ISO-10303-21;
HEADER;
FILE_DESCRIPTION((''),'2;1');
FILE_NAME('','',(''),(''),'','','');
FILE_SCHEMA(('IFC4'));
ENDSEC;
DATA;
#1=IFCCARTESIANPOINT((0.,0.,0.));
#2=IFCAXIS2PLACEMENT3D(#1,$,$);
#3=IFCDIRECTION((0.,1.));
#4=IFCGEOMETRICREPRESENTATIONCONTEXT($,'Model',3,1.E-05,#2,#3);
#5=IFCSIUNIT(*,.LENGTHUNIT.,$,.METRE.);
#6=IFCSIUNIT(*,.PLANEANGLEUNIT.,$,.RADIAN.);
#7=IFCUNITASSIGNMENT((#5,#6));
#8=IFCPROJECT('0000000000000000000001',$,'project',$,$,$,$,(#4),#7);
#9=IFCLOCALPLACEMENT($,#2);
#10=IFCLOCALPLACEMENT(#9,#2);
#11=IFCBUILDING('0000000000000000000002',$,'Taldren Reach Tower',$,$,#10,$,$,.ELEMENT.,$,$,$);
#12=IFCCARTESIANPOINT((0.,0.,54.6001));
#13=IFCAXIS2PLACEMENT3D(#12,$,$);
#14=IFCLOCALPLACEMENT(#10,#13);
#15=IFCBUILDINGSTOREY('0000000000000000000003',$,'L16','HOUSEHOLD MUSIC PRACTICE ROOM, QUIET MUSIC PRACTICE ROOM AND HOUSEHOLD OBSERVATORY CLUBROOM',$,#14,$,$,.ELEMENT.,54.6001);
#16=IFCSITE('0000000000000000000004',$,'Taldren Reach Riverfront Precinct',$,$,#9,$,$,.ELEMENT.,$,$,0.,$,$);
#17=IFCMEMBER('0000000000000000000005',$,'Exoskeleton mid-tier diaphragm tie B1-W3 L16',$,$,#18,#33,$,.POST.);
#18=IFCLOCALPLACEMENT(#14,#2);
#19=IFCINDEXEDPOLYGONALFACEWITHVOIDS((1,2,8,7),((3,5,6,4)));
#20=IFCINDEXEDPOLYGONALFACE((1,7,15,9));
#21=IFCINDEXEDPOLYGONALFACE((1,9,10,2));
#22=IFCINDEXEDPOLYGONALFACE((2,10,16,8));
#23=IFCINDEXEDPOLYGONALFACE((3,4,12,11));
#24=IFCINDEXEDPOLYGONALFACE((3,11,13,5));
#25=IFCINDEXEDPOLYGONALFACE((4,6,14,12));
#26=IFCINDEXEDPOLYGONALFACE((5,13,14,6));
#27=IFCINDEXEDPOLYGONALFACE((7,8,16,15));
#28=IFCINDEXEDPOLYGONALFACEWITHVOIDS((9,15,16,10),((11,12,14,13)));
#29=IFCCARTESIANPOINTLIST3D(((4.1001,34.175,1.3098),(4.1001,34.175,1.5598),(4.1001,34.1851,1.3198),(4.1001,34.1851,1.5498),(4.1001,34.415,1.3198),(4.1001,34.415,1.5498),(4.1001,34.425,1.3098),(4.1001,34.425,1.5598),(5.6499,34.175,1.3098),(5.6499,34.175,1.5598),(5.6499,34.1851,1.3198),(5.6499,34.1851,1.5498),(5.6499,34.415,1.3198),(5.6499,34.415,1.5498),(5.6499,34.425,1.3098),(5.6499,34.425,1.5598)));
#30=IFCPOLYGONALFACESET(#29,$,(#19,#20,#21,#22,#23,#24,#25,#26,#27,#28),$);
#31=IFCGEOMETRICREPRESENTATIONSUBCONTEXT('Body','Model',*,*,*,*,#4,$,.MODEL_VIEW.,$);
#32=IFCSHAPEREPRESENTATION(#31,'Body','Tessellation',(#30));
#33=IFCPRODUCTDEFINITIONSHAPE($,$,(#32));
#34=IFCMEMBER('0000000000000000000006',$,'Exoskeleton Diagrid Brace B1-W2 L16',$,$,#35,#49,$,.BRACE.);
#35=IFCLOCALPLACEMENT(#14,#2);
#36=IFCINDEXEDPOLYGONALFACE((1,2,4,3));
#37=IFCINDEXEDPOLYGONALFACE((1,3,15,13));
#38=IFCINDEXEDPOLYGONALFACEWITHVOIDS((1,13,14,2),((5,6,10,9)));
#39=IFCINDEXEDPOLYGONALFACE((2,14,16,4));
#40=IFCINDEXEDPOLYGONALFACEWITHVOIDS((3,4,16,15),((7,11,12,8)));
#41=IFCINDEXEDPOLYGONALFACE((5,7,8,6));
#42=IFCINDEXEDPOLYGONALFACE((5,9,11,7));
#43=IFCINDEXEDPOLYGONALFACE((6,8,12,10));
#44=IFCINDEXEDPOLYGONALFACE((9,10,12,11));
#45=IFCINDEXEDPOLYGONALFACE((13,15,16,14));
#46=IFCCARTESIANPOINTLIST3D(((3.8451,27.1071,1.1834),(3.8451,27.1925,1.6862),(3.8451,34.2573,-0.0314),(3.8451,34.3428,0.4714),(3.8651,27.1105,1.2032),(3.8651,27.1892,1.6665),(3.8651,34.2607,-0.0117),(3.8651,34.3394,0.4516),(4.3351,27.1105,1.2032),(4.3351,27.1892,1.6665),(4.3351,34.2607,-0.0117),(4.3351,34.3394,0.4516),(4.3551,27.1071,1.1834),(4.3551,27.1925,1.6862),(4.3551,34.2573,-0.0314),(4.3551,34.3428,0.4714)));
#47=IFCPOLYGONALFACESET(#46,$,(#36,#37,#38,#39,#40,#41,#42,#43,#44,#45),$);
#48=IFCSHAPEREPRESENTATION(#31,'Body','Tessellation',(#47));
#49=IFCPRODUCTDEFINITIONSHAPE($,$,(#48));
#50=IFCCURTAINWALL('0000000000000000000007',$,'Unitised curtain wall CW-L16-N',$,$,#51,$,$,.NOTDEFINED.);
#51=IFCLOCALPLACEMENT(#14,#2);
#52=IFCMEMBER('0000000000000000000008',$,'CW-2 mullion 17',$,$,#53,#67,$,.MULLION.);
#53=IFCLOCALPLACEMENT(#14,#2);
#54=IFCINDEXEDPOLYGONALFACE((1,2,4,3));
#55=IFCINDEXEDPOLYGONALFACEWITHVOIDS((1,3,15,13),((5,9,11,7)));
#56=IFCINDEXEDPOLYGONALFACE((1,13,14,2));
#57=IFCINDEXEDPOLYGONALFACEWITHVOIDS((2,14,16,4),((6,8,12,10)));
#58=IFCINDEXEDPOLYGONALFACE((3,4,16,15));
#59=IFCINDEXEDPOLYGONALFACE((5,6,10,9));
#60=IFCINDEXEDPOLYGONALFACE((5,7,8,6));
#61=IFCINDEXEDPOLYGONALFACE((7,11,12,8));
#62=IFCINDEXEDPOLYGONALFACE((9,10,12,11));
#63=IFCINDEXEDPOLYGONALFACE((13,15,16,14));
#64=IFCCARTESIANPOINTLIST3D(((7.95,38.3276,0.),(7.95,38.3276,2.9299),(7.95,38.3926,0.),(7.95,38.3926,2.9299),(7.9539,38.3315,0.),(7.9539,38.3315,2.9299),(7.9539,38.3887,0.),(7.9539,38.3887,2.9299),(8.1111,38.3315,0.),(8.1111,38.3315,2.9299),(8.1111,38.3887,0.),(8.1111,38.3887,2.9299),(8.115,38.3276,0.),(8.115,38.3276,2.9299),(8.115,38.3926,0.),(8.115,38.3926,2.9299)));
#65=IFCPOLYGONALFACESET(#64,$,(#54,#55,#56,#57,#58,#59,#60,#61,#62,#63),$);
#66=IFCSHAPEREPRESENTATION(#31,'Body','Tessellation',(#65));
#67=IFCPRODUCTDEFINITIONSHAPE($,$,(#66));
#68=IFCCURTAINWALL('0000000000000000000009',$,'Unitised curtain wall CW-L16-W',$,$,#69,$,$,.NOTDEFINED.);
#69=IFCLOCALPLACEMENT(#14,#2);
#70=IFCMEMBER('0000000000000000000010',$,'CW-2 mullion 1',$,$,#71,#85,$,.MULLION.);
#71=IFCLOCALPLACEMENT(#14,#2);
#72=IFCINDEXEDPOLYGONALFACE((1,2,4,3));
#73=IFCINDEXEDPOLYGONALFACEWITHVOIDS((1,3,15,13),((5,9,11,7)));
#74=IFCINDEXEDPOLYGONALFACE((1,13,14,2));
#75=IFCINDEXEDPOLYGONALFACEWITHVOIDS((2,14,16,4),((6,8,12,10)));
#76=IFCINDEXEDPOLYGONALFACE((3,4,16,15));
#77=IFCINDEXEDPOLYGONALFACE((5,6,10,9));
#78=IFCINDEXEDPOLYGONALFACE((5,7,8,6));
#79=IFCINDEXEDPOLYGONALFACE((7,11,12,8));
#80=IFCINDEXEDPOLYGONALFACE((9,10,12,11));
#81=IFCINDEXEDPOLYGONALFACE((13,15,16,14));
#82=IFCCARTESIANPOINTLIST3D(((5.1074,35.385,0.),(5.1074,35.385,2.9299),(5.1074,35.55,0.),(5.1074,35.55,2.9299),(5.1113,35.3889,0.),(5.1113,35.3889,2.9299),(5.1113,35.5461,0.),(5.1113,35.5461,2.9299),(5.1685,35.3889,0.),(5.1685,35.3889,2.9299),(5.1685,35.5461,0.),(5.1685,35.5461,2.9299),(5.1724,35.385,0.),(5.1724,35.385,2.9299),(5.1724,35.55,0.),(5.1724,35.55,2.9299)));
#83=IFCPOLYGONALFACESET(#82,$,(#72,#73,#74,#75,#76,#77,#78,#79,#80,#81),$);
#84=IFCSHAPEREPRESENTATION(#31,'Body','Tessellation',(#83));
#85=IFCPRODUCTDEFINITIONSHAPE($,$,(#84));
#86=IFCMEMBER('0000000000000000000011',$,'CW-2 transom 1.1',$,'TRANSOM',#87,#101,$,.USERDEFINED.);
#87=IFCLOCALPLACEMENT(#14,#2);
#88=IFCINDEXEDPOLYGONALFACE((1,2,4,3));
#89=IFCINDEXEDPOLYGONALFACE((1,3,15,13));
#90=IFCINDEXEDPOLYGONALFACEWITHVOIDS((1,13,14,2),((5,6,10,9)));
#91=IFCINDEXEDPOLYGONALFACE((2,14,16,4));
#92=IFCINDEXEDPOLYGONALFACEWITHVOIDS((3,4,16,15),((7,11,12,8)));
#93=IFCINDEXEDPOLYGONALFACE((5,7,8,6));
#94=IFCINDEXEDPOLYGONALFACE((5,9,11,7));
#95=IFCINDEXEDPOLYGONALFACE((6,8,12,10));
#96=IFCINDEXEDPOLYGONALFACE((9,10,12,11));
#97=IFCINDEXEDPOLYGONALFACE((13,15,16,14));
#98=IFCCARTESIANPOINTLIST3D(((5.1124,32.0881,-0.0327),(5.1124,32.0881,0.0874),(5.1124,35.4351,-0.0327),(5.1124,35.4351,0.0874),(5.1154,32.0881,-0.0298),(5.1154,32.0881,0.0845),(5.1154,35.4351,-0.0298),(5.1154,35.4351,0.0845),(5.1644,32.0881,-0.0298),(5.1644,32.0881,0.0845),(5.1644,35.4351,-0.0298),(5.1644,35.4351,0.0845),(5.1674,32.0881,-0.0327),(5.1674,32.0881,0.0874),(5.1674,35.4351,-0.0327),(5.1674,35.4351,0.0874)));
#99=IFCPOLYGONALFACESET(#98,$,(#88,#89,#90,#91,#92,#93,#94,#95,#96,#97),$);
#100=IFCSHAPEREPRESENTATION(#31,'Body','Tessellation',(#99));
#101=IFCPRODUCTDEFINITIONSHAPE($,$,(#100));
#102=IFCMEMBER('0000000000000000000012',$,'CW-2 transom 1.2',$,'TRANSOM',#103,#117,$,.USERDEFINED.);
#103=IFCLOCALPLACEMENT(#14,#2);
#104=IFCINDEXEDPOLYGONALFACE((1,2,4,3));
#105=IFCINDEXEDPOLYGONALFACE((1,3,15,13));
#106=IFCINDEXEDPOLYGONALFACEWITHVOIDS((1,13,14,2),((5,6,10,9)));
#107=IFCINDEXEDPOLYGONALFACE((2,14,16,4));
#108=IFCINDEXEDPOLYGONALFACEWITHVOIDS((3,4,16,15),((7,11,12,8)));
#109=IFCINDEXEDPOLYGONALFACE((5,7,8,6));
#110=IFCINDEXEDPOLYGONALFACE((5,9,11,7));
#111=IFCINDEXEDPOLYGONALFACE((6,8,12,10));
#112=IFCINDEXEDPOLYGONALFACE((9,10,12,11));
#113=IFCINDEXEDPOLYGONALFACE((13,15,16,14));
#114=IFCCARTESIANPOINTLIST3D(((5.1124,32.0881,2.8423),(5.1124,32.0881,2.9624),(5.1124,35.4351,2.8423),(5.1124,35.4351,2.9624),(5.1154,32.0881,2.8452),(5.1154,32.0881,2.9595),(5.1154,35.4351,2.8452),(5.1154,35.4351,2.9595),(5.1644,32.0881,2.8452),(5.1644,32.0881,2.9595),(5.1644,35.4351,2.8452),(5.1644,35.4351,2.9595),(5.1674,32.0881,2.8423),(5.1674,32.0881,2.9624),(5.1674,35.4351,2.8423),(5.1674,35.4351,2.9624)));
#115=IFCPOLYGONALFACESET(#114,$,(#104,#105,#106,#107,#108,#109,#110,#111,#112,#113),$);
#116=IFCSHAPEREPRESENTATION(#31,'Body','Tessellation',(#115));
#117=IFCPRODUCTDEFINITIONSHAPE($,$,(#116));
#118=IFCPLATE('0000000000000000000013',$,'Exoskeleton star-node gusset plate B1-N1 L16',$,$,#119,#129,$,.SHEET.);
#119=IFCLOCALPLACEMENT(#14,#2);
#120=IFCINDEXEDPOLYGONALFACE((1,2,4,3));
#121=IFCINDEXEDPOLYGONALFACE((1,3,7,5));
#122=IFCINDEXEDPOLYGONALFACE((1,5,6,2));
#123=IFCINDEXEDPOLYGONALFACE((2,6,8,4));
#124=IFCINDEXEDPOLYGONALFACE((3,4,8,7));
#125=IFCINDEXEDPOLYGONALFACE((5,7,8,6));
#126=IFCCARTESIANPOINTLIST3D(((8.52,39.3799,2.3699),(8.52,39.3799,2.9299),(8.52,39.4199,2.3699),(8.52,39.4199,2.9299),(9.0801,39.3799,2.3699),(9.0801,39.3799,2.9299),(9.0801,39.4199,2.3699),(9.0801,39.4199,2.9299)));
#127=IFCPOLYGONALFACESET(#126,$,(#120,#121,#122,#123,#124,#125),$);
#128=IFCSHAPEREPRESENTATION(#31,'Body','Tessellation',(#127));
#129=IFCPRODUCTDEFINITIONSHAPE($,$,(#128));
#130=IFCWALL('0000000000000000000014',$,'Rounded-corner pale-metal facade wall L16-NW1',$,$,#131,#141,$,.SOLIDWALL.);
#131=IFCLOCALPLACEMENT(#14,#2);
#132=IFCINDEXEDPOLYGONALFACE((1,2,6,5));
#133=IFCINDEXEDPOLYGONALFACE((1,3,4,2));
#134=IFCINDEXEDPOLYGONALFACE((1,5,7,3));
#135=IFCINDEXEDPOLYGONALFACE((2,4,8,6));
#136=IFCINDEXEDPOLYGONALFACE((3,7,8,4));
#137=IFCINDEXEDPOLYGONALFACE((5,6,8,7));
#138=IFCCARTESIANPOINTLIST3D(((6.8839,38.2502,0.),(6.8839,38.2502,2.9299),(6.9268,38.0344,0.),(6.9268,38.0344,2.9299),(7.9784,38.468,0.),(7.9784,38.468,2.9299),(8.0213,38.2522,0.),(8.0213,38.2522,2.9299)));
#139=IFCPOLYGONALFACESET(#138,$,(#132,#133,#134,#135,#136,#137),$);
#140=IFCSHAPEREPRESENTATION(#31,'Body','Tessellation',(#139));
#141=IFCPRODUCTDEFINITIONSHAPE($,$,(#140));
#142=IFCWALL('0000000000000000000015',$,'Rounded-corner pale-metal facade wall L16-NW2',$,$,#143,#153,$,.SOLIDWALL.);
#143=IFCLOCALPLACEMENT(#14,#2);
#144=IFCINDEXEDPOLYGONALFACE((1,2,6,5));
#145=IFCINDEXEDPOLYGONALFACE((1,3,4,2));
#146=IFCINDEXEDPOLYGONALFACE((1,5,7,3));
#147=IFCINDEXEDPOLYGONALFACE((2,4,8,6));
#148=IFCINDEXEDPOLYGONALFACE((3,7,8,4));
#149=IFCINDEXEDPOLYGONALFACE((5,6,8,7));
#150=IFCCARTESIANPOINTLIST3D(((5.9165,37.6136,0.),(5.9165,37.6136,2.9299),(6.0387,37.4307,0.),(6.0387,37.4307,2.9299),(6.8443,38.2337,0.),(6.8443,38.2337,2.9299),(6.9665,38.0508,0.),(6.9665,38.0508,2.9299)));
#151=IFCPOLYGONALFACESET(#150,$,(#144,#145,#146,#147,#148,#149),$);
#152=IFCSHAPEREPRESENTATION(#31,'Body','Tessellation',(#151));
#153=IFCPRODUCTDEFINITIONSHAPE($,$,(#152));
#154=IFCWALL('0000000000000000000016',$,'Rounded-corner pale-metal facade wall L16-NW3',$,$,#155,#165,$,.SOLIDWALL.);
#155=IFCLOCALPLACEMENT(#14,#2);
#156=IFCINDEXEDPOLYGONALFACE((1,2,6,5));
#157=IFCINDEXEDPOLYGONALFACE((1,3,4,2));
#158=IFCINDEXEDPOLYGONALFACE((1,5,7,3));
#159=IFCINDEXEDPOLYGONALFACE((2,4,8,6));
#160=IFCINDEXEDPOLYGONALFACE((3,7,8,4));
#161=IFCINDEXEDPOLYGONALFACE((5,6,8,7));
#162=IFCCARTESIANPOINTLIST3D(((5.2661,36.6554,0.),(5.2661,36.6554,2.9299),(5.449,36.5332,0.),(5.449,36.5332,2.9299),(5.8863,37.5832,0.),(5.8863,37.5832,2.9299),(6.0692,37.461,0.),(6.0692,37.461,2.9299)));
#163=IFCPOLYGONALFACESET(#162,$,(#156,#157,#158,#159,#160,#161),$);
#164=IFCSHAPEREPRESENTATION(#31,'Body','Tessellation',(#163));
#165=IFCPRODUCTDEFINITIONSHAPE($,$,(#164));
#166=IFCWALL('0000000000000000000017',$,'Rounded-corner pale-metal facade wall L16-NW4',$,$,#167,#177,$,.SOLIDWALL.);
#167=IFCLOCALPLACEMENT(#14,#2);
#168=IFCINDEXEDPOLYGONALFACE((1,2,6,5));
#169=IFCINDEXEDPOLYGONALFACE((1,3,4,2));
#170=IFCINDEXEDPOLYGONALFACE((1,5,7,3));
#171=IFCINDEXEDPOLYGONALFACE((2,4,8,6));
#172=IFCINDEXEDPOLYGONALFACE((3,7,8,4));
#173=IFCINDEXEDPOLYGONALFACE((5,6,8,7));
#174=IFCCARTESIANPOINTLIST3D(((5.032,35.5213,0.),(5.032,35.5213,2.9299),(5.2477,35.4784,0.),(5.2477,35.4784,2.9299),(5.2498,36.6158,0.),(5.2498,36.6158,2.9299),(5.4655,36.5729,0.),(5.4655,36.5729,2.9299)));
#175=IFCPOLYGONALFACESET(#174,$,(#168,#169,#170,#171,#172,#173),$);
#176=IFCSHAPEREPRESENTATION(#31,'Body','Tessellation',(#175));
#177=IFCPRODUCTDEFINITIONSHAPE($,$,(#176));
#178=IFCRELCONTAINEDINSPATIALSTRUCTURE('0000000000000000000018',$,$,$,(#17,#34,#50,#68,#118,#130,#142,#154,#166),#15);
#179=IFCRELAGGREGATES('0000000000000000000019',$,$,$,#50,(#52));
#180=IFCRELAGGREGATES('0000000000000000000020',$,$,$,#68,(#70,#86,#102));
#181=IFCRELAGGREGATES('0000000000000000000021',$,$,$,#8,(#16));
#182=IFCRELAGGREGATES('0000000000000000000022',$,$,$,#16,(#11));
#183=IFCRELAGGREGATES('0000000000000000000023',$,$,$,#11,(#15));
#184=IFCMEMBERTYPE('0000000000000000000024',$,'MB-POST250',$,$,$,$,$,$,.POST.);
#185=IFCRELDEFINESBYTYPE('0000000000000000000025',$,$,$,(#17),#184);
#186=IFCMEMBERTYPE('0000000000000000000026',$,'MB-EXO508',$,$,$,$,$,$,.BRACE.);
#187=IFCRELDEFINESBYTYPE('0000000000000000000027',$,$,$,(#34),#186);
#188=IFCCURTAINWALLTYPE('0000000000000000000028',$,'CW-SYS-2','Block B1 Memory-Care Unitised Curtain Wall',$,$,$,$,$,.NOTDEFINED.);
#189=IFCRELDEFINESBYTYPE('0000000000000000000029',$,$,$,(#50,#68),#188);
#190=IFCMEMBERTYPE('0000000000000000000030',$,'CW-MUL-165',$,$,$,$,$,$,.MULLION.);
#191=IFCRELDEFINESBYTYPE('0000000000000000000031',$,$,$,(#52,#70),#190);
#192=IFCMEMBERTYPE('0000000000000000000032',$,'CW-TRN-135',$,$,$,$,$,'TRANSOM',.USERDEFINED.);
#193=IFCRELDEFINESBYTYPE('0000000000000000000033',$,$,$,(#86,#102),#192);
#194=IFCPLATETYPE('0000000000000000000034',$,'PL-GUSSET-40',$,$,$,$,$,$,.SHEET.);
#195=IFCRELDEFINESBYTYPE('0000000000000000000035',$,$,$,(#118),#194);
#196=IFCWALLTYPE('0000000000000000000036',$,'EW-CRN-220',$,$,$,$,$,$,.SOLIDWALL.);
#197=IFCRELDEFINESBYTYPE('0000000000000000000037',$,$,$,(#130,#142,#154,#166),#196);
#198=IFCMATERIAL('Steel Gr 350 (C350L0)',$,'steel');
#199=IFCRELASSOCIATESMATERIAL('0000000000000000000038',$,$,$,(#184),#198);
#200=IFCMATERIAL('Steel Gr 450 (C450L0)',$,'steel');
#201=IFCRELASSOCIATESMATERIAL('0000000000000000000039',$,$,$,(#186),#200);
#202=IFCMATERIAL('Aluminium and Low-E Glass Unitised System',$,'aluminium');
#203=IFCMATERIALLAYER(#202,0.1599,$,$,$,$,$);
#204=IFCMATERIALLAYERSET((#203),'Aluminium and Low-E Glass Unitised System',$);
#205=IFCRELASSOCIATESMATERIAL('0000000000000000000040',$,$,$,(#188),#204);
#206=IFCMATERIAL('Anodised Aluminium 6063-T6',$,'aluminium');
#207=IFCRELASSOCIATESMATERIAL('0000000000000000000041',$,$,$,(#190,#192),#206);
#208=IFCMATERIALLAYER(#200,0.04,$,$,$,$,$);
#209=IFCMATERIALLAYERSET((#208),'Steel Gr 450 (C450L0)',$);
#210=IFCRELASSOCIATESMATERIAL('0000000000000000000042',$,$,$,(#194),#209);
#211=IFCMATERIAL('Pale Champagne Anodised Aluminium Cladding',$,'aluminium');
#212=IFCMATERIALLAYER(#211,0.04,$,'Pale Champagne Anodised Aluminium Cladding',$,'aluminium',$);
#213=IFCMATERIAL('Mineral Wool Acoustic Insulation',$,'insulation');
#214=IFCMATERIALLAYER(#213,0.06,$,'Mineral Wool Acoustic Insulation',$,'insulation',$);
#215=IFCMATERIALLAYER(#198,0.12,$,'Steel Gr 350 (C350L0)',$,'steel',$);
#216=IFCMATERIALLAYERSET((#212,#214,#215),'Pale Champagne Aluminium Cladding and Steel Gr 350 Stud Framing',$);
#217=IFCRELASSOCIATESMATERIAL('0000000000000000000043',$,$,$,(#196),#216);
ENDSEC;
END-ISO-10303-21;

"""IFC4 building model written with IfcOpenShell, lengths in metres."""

from ifc_helpers import new_model, si_unit, direction, frame, frame_2d, origin, origin_2d, place, context, subcontext, project, spatial, rectangle, hollow_rectangle, extrude, source, transform, mapped, material, layer, layer_set, material_profile, profile_set, type_object, element, aggregate, save


model = new_model("IFC4")

# Units and contexts
model_context = context("Model", 3, precision=1e-05, world=origin(), true_north=direction((0.0, 1.0)))
body_context = subcontext(model_context, "Body", "Model", "MODEL_VIEW")
ifc_project = project(units=[si_unit("LENGTHUNIT", "METRE"), si_unit("PLANEANGLEUNIT", "RADIAN")], contexts=[model_context])

# Site, building, storey
site_placement = place(None, origin())
site = spatial("IfcSite", under=ifc_project, at=site_placement, Name="Taldren Reach Riverfront Precinct", CompositionType="ELEMENT", RefElevation=0.0)
building_placement = place(site_placement, origin())
building = spatial("IfcBuilding", under=site, at=building_placement, Name="Taldren Reach Tower", CompositionType="ELEMENT")
storey_placement = place(building_placement, frame((0.0, 0.0, 54.6001)))
storey = spatial("IfcBuildingStorey", under=building, at=storey_placement, Name="L16", Description="HOUSEHOLD MUSIC PRACTICE ROOM, QUIET MUSIC PRACTICE ROOM AND HOUSEHOLD OBSERVATORY CLUBROOM", CompositionType="ELEMENT", Elevation=54.6001)

# Members
ifc_material_1 = material(Name="Steel Gr 450 (C450L0)", Category="steel")
ifc_material_2 = material(Name="Steel Gr 350 (C350L0)", Category="steel")
ifc_material_profile_1 = material_profile(ifc_material_2, hollow_rectangle(XDim=0.25, YDim=0.25, WallThickness=0.01, at=origin_2d()), Name="250x250x10.0SHS")
ifc_profile_set_1 = profile_set([ifc_material_profile_1], Name="Steel Gr 350 (C350L0)")
member_type_1 = type_object("IfcMemberType", Name="MB-POST250", PredefinedType="POST", material=ifc_profile_set_1)
shared_shape_1 = source(origin(), body_context, "Body", "SweptSolid", [
    extrude(hollow_rectangle(XDim=0.25, YDim=0.25, WallThickness=0.01, at=origin_2d()), origin(), (0.0, 0.0, 1.0), 1.5498),
])
for number, where, z_axis, x_axis, name in (
    (1, (5.6499, 34.3, 1.4348), (-1.0, 0.0, 0.0), (0.0, -1.0, 0.0), "Exoskeleton mid-tier diaphragm tie B1-W3 L16"),
):
    element("IfcMember", number, at=place(storey_placement, frame(where, z_axis=z_axis, x_axis=x_axis)), inside=storey, type_object=member_type_1, Name=name, PredefinedType="POST", context=body_context, shape_type="MappedRepresentation", body=[
        mapped(shared_shape_1, transform((0.0, 0.0, 0.0), scale=1.0)),
    ])
ifc_material_profile_2 = material_profile(ifc_material_1, hollow_rectangle(XDim=0.51, YDim=0.51, WallThickness=0.02, at=origin_2d()), Name="510x510x20.0SHS")
ifc_profile_set_2 = profile_set([ifc_material_profile_2], Name="Steel Gr 450 (C450L0)")
member_type_2 = type_object("IfcMemberType", Name="MB-EXO508", PredefinedType="BRACE", material=ifc_profile_set_2)
shared_shape_2 = source(origin(), body_context, "Body", "SweptSolid", [
    extrude(hollow_rectangle(XDim=0.51, YDim=0.51, WallThickness=0.02, at=origin_2d()), origin(), (0.0, 0.0, 1.0), 7.2527),
])
member_1_placement = place(storey_placement, frame((4.1001, 34.3, 0.22), z_axis=(0.0, -0.985871, 0.167504), x_axis=(1.0, 0.0, 0.0)))
element("IfcMember", 2, at=member_1_placement, inside=storey, type_object=member_type_2, Name="Exoskeleton Diagrid Brace B1-W2 L16", PredefinedType="BRACE", context=body_context, shape_type="MappedRepresentation", body=[
    mapped(shared_shape_2, transform((0.0, 0.0, 0.0), scale=1.0)),
])

# Curtain wall, member
ifc_material_3 = material(Name="Aluminium and Low-E Glass Unitised System", Category="aluminium")
ifc_layer_1 = layer(ifc_material_3, 0.1599)
ifc_layer_set_1 = layer_set([ifc_layer_1], Name="Aluminium and Low-E Glass Unitised System")
curtain_wall_type = type_object("IfcCurtainWallType", Name="CW-SYS-2", Description="Block B1 Memory-Care Unitised Curtain Wall", PredefinedType="NOTDEFINED", material=ifc_layer_set_1)
curtain_wall_1_placement = place(storey_placement, origin())
curtain_wall_1 = element("IfcCurtainWall", 3, at=curtain_wall_1_placement, inside=storey, type_object=curtain_wall_type, Name="Unitised curtain wall CW-L16-N", PredefinedType="NOTDEFINED")
ifc_material_4 = material(Name="Anodised Aluminium 6063-T6", Category="aluminium")
ifc_material_profile_3 = material_profile(ifc_material_4, hollow_rectangle(XDim=0.0649, YDim=0.165, WallThickness=0.0039, at=origin_2d()), Name="ALU-165x65x4RHS")
ifc_profile_set_3 = profile_set([ifc_material_profile_3], Name="Anodised Aluminium 6063-T6")
member_type_3 = type_object("IfcMemberType", Name="CW-MUL-165", PredefinedType="MULLION", material=ifc_profile_set_3)
shared_shape_3 = source(origin(), body_context, "Body", "SweptSolid", [
    extrude(hollow_rectangle(XDim=0.0649, YDim=0.165, WallThickness=0.0039, at=origin_2d()), origin(), (0.0, 0.0, 1.0), 2.9299),
])
member_2_placement = place(storey_placement, frame((8.0325, 38.3601, 0.0), z_axis=(0.0, 0.0, 1.0), x_axis=(0.0, -1.0, 0.0)))
member_2 = element("IfcMember", 4, at=member_2_placement, type_object=member_type_3, Name="CW-2 mullion 17", PredefinedType="MULLION", context=body_context, shape_type="MappedRepresentation", body=[
    mapped(shared_shape_3, transform((0.0, 0.0, 0.0), scale=1.0)),
])
aggregate(curtain_wall_1, [member_2])

# Curtain wall, members
curtain_wall_2_placement = place(storey_placement, origin())
curtain_wall_2 = element("IfcCurtainWall", 5, at=curtain_wall_2_placement, inside=storey, type_object=curtain_wall_type, Name="Unitised curtain wall CW-L16-W", PredefinedType="NOTDEFINED")
member_3_placement = place(storey_placement, frame((5.1399, 35.4675, 0.0), z_axis=(0.0, 0.0, 1.0), x_axis=(1.0, 0.0, 0.0)))
member_3 = element("IfcMember", 6, at=member_3_placement, type_object=member_type_3, Name="CW-2 mullion 1", PredefinedType="MULLION", context=body_context, shape_type="MappedRepresentation", body=[
    mapped(shared_shape_3, transform((0.0, 0.0, 0.0), scale=1.0)),
])
ifc_material_profile_4 = material_profile(ifc_material_4, hollow_rectangle(XDim=0.0549, YDim=0.1201, WallThickness=0.0029, at=origin_2d()), Name="ALU-120x55x3RHS")
ifc_profile_set_4 = profile_set([ifc_material_profile_4], Name="Anodised Aluminium 6063-T6")
member_type_4 = type_object("IfcMemberType", Name="CW-TRN-135", ElementType="TRANSOM", PredefinedType="USERDEFINED", material=ifc_profile_set_4)
shared_shape_4 = source(origin(), body_context, "Body", "SweptSolid", [
    extrude(hollow_rectangle(XDim=0.0549, YDim=0.1201, WallThickness=0.0029, at=origin_2d()), origin(), (0.0, 0.0, 1.0), 3.3469),
])
member_4_placement = place(storey_placement, frame((5.1399, 35.4351, 0.0273), z_axis=(0.0, -1.0, 0.0), x_axis=(1.0, 0.0, 0.0)))
member_4 = element("IfcMember", 7, at=member_4_placement, type_object=member_type_4, Name="CW-2 transom 1.1", ObjectType="TRANSOM", PredefinedType="USERDEFINED", context=body_context, shape_type="MappedRepresentation", body=[
    mapped(shared_shape_4, transform((0.0, 0.0, 0.0), scale=1.0)),
])
member_5_placement = place(storey_placement, frame((5.1399, 35.4351, 2.9023), z_axis=(0.0, -1.0, 0.0), x_axis=(1.0, 0.0, 0.0)))
member_5 = element("IfcMember", 8, at=member_5_placement, type_object=member_type_4, Name="CW-2 transom 1.2", ObjectType="TRANSOM", PredefinedType="USERDEFINED", context=body_context, shape_type="MappedRepresentation", body=[
    mapped(shared_shape_4, transform((0.0, 0.0, 0.0), scale=1.0)),
])
aggregate(curtain_wall_2, [member_3, member_4, member_5])

# Plate
ifc_layer_2 = layer(ifc_material_1, 0.04)
ifc_layer_set_2 = layer_set([ifc_layer_2], Name="Steel Gr 450 (C450L0)")
plate_type = type_object("IfcPlateType", Name="PL-GUSSET-40", PredefinedType="SHEET", material=ifc_layer_set_2)
shared_shape_5 = source(origin(), body_context, "Body", "SweptSolid", [
    extrude(rectangle(XDim=0.5601, YDim=0.04, at=origin_2d()), origin(), (0.0, 0.0, 1.0), 0.5601),
])
plate_placement = place(storey_placement, frame((8.8, 39.3999, 2.3699), z_axis=(0.0, 0.0, 1.0), x_axis=(1.0, 0.0, 0.0)))
element("IfcPlate", 9, at=plate_placement, inside=storey, type_object=plate_type, Name="Exoskeleton star-node gusset plate B1-N1 L16", PredefinedType="SHEET", context=body_context, shape_type="MappedRepresentation", body=[
    mapped(shared_shape_5, transform((0.0, 0.0, 0.0), scale=1.0)),
])

# Walls
ifc_material_5 = material(Name="Pale Champagne Anodised Aluminium Cladding", Category="aluminium")
ifc_layer_3 = layer(ifc_material_5, 0.04, Name="Pale Champagne Anodised Aluminium Cladding", Category="aluminium")
ifc_material_6 = material(Name="Mineral Wool Acoustic Insulation", Category="insulation")
ifc_layer_4 = layer(ifc_material_6, 0.06, Name="Mineral Wool Acoustic Insulation", Category="insulation")
ifc_layer_5 = layer(ifc_material_2, 0.12, Name="Steel Gr 350 (C350L0)", Category="steel")
ifc_layer_set_3 = layer_set([ifc_layer_3, ifc_layer_4, ifc_layer_5], Name="Pale Champagne Aluminium Cladding and Steel Gr 350 Stud Framing")
wall_type = type_object("IfcWallType", Name="EW-CRN-220", PredefinedType="SOLIDWALL", material=ifc_layer_set_3)
shared_shape_6 = source(origin(), body_context, "Body", "SweptSolid", [
    extrude(rectangle(XDim=1.116, YDim=0.22, at=frame_2d((0.5581, 0.0))), origin(), (0.0, 0.0, 1.0), 2.9299),
])
for number, where, z_axis, x_axis, name in (
    (10, (8.0, 38.3601, 0.0), (0.0, 0.0, 1.0), (-0.980774, -0.195148, 0.0), "Rounded-corner pale-metal facade wall L16-NW1"),
    (11, (6.9055, 38.1423, 0.0), (0.0, 0.0, 1.0), (-0.831377, -0.55571, 0.0), "Rounded-corner pale-metal facade wall L16-NW2"),
    (12, (5.9778, 37.5222, 0.0), (0.0, 0.0, 1.0), (-0.55571, -0.831377, 0.0), "Rounded-corner pale-metal facade wall L16-NW3"),
    (13, (5.3577, 36.5945, 0.0), (0.0, 0.0, 1.0), (-0.195148, -0.980774, 0.0), "Rounded-corner pale-metal facade wall L16-NW4"),
):
    element("IfcWall", number, at=place(storey_placement, frame(where, z_axis=z_axis, x_axis=x_axis)), inside=storey, type_object=wall_type, Name=name, PredefinedType="SOLIDWALL", context=body_context, shape_type="MappedRepresentation", body=[
        mapped(shared_shape_6, transform((0.0, 0.0, 0.0), scale=1.0)),
    ])

save(model, "model.ifc")
